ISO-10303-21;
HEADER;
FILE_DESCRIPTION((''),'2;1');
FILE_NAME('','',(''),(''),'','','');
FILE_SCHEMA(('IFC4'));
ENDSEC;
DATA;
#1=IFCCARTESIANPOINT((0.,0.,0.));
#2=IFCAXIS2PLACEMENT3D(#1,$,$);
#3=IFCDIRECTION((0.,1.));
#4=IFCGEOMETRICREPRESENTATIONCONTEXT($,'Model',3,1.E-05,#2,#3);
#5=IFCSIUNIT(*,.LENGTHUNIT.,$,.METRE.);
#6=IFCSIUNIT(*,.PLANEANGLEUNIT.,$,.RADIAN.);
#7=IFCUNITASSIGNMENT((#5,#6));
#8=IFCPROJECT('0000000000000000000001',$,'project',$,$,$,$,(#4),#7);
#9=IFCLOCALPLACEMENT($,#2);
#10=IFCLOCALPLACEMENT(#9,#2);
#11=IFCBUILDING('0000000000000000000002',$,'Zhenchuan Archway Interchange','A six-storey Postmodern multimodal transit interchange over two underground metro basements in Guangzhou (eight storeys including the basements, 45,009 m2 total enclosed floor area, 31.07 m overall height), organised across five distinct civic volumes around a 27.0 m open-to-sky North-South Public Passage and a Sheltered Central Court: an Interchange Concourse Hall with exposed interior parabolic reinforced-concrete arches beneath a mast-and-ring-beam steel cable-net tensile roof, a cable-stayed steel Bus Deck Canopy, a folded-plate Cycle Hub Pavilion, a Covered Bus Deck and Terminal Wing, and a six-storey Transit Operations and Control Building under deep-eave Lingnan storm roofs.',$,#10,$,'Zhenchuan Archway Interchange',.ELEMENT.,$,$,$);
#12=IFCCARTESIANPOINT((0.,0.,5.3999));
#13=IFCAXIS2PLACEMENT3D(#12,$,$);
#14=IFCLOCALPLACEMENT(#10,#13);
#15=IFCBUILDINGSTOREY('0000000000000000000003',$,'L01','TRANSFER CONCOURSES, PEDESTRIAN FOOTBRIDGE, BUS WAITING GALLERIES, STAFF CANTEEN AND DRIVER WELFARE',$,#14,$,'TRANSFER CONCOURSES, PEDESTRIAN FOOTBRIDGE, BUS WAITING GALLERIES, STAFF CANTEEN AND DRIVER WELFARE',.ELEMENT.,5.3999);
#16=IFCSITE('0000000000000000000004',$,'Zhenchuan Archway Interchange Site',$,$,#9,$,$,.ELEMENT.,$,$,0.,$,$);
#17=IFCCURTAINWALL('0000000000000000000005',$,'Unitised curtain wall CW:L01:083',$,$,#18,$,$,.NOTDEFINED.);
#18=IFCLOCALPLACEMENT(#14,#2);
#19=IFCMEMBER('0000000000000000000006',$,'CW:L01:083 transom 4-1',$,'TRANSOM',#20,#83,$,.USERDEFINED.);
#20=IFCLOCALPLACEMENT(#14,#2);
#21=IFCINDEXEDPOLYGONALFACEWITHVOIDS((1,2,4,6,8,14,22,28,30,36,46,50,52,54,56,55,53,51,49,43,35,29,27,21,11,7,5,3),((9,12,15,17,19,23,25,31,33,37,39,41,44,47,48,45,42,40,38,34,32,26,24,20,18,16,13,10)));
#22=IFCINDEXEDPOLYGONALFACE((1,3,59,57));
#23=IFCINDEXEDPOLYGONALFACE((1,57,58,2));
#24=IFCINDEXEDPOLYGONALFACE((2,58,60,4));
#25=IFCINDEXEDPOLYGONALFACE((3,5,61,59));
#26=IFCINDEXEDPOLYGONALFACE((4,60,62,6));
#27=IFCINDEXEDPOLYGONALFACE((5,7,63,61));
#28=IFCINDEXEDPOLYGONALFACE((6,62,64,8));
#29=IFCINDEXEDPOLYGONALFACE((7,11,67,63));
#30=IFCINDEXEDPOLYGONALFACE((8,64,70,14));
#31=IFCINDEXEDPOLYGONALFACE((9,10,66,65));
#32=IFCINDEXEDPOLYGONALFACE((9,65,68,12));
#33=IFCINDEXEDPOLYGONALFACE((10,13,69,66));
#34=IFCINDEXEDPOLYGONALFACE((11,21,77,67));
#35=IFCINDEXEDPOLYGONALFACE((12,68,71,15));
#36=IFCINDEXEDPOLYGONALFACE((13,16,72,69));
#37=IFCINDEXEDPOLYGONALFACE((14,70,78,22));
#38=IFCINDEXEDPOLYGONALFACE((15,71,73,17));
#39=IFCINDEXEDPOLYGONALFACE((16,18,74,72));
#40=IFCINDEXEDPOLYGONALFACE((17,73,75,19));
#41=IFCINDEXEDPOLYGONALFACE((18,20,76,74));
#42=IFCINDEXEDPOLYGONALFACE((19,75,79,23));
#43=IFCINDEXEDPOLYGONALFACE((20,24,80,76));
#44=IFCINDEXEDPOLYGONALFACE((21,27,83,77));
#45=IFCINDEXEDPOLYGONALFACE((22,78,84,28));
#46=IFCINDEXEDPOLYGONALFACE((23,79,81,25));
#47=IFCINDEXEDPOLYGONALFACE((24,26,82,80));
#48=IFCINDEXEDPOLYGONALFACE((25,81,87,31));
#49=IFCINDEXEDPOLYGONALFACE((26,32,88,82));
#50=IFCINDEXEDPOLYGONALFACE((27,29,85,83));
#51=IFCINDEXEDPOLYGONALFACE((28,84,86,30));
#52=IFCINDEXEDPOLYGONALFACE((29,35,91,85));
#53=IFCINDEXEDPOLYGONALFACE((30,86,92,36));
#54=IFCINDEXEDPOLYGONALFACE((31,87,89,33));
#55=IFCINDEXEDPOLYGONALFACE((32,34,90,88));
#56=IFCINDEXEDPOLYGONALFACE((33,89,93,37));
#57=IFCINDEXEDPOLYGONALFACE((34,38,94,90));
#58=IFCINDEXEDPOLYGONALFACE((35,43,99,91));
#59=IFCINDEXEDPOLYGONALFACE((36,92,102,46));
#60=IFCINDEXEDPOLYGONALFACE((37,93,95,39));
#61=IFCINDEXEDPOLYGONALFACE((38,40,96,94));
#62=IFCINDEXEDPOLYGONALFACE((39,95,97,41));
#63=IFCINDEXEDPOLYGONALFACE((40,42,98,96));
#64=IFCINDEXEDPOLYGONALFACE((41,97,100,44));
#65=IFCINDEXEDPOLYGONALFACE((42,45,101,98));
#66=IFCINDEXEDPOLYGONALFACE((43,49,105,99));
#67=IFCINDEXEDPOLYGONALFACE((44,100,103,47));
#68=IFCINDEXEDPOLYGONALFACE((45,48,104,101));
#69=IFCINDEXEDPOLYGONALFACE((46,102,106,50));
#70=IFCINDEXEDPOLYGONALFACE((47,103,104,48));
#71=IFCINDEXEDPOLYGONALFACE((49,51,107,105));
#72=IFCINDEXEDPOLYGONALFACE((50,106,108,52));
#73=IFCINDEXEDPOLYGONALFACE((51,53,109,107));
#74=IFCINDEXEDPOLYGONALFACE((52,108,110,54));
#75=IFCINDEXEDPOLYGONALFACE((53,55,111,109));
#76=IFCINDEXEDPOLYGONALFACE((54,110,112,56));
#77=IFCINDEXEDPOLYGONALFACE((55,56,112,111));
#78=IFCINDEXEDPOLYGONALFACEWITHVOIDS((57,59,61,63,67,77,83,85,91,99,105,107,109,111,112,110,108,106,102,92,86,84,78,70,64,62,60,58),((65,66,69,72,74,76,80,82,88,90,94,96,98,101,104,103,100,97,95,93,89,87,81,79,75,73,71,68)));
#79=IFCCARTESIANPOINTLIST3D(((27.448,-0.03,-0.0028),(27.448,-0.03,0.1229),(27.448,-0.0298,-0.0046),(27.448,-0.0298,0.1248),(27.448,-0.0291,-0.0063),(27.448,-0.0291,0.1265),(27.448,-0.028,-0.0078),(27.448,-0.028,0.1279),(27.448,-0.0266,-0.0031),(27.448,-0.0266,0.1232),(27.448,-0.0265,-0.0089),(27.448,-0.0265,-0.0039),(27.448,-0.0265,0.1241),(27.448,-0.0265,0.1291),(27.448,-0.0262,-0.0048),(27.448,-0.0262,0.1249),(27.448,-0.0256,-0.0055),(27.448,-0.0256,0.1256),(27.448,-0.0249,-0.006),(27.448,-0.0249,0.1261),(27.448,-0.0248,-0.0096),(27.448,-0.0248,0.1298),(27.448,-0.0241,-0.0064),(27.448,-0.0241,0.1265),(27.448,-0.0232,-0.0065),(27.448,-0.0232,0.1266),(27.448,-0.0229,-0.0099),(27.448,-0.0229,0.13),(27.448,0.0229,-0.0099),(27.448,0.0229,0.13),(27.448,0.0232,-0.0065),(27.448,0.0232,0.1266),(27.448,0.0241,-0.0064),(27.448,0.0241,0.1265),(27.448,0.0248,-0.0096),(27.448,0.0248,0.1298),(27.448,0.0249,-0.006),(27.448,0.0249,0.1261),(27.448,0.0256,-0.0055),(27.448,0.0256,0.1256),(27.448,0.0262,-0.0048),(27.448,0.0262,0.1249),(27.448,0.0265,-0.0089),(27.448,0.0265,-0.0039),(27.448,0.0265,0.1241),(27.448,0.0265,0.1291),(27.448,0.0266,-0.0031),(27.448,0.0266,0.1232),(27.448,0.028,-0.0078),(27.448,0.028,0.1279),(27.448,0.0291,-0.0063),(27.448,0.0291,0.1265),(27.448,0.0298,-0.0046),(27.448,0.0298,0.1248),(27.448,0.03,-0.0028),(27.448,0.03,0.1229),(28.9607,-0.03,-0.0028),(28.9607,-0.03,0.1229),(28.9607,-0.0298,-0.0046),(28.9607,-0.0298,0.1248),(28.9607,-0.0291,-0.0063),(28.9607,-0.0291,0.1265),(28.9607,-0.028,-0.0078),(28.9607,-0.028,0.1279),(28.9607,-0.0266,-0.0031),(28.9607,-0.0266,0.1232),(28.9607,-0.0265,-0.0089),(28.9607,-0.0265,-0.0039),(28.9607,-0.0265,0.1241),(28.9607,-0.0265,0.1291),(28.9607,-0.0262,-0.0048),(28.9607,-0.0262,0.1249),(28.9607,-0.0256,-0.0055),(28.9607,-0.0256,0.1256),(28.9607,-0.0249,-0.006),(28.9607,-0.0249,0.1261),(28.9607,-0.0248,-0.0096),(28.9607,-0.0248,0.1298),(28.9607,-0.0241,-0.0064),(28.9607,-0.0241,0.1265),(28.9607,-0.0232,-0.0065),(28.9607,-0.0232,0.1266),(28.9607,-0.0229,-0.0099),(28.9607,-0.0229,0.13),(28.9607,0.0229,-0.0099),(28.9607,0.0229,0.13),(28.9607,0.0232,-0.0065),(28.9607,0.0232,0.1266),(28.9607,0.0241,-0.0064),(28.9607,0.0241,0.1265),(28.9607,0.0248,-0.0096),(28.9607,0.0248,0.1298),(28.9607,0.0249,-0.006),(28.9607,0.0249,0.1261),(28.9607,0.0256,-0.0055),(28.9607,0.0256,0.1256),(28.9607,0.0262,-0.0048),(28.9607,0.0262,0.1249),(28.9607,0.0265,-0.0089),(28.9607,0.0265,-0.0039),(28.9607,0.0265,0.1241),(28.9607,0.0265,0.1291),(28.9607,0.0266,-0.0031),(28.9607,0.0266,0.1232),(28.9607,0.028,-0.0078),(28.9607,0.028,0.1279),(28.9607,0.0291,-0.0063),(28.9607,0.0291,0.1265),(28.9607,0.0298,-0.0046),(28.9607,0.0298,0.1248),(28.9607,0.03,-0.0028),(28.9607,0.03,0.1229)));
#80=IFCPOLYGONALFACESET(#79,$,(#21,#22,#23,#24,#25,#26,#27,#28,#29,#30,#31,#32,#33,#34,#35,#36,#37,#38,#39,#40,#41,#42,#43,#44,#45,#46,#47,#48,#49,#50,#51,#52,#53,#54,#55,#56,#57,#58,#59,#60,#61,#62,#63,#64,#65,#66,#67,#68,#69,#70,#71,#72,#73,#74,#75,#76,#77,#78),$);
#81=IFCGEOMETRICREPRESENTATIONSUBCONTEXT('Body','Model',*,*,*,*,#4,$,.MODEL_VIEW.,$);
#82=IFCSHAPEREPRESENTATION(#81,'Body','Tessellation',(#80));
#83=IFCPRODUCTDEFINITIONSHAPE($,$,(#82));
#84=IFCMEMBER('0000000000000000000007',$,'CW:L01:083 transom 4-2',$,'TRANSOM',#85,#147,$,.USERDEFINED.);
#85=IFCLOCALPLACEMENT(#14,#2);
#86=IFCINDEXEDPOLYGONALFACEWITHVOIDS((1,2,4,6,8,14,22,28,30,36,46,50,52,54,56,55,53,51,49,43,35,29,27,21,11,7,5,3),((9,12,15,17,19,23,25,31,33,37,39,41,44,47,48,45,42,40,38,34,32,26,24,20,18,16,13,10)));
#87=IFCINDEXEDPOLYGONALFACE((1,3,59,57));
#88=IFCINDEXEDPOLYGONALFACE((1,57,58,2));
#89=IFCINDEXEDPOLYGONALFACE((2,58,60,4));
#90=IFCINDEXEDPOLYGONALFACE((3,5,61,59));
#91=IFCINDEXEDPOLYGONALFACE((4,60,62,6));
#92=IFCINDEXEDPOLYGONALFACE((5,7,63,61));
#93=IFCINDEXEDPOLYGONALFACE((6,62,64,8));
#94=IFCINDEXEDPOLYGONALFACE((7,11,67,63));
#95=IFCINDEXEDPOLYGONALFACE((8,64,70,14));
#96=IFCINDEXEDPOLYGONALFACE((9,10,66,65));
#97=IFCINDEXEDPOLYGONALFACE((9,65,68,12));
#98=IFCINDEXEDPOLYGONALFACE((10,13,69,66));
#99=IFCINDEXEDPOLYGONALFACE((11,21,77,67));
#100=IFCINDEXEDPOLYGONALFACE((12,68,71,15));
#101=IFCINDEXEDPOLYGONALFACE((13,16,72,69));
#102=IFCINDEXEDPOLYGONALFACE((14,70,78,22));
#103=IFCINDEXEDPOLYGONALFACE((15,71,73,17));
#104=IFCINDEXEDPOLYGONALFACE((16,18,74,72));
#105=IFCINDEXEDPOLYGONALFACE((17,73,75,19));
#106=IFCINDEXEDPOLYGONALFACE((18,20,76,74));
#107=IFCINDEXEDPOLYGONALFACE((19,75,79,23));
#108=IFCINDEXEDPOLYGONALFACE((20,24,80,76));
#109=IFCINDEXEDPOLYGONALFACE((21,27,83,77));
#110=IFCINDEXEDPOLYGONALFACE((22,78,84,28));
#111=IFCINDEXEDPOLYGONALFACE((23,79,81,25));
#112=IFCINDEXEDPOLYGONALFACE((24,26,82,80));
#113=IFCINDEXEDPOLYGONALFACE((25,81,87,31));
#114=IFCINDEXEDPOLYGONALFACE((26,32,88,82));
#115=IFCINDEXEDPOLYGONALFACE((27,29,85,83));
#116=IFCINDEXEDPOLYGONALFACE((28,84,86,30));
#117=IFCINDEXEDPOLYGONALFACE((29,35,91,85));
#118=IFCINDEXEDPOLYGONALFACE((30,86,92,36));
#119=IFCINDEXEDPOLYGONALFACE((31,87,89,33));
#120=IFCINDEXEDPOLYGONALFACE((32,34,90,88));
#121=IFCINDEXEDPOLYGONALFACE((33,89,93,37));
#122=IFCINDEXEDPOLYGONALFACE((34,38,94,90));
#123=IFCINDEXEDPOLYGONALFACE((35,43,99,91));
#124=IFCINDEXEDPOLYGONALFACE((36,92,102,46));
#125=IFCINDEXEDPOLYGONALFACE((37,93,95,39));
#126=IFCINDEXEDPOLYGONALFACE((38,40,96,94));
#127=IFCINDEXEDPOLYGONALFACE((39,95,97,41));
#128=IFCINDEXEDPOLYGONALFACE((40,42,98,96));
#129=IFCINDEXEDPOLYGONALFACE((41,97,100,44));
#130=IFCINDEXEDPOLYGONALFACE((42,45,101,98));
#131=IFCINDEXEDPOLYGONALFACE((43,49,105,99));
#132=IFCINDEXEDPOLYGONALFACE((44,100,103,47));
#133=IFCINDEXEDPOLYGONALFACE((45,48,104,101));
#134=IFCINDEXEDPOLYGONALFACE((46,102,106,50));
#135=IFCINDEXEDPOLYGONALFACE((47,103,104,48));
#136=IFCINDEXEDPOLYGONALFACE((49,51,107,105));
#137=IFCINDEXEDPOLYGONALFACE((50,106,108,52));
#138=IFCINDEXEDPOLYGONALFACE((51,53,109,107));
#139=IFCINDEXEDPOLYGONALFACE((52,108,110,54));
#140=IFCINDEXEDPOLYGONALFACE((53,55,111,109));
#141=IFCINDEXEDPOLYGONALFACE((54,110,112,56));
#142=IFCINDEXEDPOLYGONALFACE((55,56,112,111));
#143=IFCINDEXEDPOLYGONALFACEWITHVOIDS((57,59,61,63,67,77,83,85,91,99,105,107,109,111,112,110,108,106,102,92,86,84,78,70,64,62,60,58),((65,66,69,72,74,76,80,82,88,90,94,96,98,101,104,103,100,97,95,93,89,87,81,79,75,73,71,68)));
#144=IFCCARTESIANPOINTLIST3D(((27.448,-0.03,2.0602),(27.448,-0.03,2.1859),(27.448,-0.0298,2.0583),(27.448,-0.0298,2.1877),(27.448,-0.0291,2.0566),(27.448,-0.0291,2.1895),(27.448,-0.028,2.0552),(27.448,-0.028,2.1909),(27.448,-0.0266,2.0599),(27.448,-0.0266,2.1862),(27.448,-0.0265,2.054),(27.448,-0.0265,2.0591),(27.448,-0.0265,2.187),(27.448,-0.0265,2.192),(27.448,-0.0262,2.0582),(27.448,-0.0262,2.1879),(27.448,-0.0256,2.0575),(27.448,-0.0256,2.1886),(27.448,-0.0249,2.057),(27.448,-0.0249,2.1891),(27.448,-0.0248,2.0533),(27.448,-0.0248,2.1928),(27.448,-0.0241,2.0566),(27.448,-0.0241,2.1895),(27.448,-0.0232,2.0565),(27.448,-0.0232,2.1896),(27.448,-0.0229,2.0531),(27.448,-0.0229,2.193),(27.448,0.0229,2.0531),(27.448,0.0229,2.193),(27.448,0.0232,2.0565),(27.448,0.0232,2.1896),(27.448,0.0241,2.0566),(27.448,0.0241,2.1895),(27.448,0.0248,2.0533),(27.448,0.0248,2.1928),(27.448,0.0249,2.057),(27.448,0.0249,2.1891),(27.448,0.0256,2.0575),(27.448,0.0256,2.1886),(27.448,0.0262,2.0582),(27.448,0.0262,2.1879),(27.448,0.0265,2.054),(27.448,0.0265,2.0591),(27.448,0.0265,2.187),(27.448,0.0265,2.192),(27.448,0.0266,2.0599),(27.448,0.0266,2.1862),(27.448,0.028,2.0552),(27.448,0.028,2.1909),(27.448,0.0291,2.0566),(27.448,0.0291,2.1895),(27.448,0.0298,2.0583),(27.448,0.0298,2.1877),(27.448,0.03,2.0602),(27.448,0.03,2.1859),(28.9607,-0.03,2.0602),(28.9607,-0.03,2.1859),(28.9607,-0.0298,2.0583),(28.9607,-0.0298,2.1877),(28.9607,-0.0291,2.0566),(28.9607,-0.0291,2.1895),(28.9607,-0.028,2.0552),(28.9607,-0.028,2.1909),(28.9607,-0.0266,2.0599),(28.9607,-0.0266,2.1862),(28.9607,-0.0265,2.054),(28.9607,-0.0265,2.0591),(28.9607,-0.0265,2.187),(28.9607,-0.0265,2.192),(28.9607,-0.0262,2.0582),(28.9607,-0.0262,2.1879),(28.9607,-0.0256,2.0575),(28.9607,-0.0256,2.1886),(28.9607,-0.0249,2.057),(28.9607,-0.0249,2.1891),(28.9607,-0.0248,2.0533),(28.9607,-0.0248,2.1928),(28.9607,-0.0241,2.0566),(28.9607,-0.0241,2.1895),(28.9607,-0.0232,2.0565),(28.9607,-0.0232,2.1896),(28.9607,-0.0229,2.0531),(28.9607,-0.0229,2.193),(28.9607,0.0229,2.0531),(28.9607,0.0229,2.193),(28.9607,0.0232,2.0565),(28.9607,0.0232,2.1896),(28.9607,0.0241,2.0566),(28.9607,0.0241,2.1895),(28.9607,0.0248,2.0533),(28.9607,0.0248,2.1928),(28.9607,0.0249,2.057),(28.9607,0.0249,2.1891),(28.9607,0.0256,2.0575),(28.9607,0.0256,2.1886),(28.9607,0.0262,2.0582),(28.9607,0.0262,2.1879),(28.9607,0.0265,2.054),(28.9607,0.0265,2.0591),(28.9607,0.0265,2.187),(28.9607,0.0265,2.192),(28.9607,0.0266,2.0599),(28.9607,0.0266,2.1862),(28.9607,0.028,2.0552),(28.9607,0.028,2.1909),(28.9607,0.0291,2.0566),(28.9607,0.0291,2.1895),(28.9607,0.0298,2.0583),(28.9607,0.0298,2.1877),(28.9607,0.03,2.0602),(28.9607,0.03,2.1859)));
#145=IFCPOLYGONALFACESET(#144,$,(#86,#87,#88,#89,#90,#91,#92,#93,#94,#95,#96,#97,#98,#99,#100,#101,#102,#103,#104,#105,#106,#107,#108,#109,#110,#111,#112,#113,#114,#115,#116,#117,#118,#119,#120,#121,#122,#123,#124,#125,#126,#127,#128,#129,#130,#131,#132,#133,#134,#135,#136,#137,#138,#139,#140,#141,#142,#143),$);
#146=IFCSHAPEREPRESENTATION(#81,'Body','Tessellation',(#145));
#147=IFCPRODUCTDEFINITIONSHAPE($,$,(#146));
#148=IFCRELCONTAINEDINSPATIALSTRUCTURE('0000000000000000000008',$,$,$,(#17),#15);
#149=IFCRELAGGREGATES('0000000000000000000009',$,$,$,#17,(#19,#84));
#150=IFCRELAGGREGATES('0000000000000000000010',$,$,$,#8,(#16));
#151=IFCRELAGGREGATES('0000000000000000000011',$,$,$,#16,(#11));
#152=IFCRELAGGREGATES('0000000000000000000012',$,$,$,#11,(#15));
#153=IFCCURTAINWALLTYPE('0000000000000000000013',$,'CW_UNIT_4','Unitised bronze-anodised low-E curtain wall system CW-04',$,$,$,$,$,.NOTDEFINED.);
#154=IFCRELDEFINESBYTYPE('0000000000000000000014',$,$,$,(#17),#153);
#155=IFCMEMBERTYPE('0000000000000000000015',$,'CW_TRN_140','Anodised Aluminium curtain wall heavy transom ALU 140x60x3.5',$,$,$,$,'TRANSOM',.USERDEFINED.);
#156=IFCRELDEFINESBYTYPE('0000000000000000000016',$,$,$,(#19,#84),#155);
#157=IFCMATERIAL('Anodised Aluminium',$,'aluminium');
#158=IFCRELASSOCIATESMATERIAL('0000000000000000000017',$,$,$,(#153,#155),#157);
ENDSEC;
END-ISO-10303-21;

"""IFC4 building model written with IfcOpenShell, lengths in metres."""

from ifc_helpers import new_model, si_unit, direction, frame, origin, origin_2d, place, context, subcontext, project, spatial, hollow_rectangle, extrude, material, material_profile, profile_set, type_object, element, aggregate, save


model = new_model("IFC4")

# Units and contexts
model_context = context("Model", 3, precision=1e-05, world=origin(), true_north=direction((0.0, 1.0)))
body_context = subcontext(model_context, "Body", "Model", "MODEL_VIEW")
ifc_project = project(units=[si_unit("LENGTHUNIT", "METRE"), si_unit("PLANEANGLEUNIT", "RADIAN")], contexts=[model_context])

# Site, building, storey
site_placement = place(None, origin())
site = spatial("IfcSite", under=ifc_project, at=site_placement, Name="Zhenchuan Archway Interchange Site", CompositionType="ELEMENT", RefElevation=0.0)
building_placement = place(site_placement, origin())
building = spatial("IfcBuilding", under=site, at=building_placement, Name="Zhenchuan Archway Interchange", Description="A six-storey Postmodern multimodal transit interchange over two underground metro basements in Guangzhou (eight storeys including the basements, 45,009 m2 total enclosed floor area, 31.07 m overall height), organised across five distinct civic volumes around a 27.0 m open-to-sky North-South Public Passage and a Sheltered Central Court: an Interchange Concourse Hall with exposed interior parabolic reinforced-concrete arches beneath a mast-and-ring-beam steel cable-net tensile roof, a cable-stayed steel Bus Deck Canopy, a folded-plate Cycle Hub Pavilion, a Covered Bus Deck and Terminal Wing, and a six-storey Transit Operations and Control Building under deep-eave Lingnan storm roofs.", LongName="Zhenchuan Archway Interchange", CompositionType="ELEMENT")
storey_placement = place(building_placement, frame((0.0, 0.0, 5.3999)))
storey = spatial("IfcBuildingStorey", under=building, at=storey_placement, Name="L01", Description="TRANSFER CONCOURSES, PEDESTRIAN FOOTBRIDGE, BUS WAITING GALLERIES, STAFF CANTEEN AND DRIVER WELFARE", LongName="TRANSFER CONCOURSES, PEDESTRIAN FOOTBRIDGE, BUS WAITING GALLERIES, STAFF CANTEEN AND DRIVER WELFARE", CompositionType="ELEMENT", Elevation=5.3999)

# Curtain wall, members
ifc_material_1 = material(Name="Anodised Aluminium", Category="aluminium")
curtain_wall_type = type_object("IfcCurtainWallType", Name="CW_UNIT_4", Description="Unitised bronze-anodised low-E curtain wall system CW-04", PredefinedType="NOTDEFINED", material=ifc_material_1)
curtain_wall_placement = place(storey_placement, origin())
curtain_wall = element("IfcCurtainWall", 1, at=curtain_wall_placement, inside=storey, type_object=curtain_wall_type, Name="Unitised curtain wall CW:L01:083", PredefinedType="NOTDEFINED")
ifc_material_profile_1 = material_profile(ifc_material_1, hollow_rectangle(XDim=0.0601, YDim=0.1399, WallThickness=0.0034, InnerFilletRadius=0.0034, OuterFilletRadius=0.0071, at=origin_2d()), Name="ALU 140x60x3.5")
ifc_profile_set_1 = profile_set([ifc_material_profile_1], Name="Anodised Aluminium")
member_type_1 = type_object("IfcMemberType", Name="CW_TRN_140", Description="Anodised Aluminium curtain wall heavy transom ALU 140x60x3.5", ElementType="TRANSOM", PredefinedType="USERDEFINED", material=ifc_profile_set_1)
member_1_placement = place(storey_placement, frame((28.9607, 0.0, 0.0601), z_axis=(-1.0, 0.0, 0.0), x_axis=(0.0, -1.0, 0.0)))
member_1 = element("IfcMember", 2, at=member_1_placement, type_object=member_type_1, Name="CW:L01:083 transom 4-1", ObjectType="TRANSOM", PredefinedType="USERDEFINED", context=body_context, shape_type="SweptSolid", body=[
    extrude(hollow_rectangle(XDim=0.0601, YDim=0.1399, WallThickness=0.0034, InnerFilletRadius=0.0034, OuterFilletRadius=0.0071, at=origin_2d()), origin(), (0.0, 0.0, 1.0), 1.5127),
])
member_2_placement = place(storey_placement, frame((28.9607, 0.0, 2.123), z_axis=(-1.0, 0.0, 0.0), x_axis=(0.0, -1.0, 0.0)))
member_2 = element("IfcMember", 3, at=member_2_placement, type_object=member_type_1, Name="CW:L01:083 transom 4-2", ObjectType="TRANSOM", PredefinedType="USERDEFINED", context=body_context, shape_type="SweptSolid", body=[
    extrude(hollow_rectangle(XDim=0.0601, YDim=0.1399, WallThickness=0.0034, InnerFilletRadius=0.0034, OuterFilletRadius=0.0071, at=origin_2d()), origin(), (0.0, 0.0, 1.0), 1.5127),
])

aggregate(curtain_wall, [member_1, member_2])

save(model, "model.ifc")
